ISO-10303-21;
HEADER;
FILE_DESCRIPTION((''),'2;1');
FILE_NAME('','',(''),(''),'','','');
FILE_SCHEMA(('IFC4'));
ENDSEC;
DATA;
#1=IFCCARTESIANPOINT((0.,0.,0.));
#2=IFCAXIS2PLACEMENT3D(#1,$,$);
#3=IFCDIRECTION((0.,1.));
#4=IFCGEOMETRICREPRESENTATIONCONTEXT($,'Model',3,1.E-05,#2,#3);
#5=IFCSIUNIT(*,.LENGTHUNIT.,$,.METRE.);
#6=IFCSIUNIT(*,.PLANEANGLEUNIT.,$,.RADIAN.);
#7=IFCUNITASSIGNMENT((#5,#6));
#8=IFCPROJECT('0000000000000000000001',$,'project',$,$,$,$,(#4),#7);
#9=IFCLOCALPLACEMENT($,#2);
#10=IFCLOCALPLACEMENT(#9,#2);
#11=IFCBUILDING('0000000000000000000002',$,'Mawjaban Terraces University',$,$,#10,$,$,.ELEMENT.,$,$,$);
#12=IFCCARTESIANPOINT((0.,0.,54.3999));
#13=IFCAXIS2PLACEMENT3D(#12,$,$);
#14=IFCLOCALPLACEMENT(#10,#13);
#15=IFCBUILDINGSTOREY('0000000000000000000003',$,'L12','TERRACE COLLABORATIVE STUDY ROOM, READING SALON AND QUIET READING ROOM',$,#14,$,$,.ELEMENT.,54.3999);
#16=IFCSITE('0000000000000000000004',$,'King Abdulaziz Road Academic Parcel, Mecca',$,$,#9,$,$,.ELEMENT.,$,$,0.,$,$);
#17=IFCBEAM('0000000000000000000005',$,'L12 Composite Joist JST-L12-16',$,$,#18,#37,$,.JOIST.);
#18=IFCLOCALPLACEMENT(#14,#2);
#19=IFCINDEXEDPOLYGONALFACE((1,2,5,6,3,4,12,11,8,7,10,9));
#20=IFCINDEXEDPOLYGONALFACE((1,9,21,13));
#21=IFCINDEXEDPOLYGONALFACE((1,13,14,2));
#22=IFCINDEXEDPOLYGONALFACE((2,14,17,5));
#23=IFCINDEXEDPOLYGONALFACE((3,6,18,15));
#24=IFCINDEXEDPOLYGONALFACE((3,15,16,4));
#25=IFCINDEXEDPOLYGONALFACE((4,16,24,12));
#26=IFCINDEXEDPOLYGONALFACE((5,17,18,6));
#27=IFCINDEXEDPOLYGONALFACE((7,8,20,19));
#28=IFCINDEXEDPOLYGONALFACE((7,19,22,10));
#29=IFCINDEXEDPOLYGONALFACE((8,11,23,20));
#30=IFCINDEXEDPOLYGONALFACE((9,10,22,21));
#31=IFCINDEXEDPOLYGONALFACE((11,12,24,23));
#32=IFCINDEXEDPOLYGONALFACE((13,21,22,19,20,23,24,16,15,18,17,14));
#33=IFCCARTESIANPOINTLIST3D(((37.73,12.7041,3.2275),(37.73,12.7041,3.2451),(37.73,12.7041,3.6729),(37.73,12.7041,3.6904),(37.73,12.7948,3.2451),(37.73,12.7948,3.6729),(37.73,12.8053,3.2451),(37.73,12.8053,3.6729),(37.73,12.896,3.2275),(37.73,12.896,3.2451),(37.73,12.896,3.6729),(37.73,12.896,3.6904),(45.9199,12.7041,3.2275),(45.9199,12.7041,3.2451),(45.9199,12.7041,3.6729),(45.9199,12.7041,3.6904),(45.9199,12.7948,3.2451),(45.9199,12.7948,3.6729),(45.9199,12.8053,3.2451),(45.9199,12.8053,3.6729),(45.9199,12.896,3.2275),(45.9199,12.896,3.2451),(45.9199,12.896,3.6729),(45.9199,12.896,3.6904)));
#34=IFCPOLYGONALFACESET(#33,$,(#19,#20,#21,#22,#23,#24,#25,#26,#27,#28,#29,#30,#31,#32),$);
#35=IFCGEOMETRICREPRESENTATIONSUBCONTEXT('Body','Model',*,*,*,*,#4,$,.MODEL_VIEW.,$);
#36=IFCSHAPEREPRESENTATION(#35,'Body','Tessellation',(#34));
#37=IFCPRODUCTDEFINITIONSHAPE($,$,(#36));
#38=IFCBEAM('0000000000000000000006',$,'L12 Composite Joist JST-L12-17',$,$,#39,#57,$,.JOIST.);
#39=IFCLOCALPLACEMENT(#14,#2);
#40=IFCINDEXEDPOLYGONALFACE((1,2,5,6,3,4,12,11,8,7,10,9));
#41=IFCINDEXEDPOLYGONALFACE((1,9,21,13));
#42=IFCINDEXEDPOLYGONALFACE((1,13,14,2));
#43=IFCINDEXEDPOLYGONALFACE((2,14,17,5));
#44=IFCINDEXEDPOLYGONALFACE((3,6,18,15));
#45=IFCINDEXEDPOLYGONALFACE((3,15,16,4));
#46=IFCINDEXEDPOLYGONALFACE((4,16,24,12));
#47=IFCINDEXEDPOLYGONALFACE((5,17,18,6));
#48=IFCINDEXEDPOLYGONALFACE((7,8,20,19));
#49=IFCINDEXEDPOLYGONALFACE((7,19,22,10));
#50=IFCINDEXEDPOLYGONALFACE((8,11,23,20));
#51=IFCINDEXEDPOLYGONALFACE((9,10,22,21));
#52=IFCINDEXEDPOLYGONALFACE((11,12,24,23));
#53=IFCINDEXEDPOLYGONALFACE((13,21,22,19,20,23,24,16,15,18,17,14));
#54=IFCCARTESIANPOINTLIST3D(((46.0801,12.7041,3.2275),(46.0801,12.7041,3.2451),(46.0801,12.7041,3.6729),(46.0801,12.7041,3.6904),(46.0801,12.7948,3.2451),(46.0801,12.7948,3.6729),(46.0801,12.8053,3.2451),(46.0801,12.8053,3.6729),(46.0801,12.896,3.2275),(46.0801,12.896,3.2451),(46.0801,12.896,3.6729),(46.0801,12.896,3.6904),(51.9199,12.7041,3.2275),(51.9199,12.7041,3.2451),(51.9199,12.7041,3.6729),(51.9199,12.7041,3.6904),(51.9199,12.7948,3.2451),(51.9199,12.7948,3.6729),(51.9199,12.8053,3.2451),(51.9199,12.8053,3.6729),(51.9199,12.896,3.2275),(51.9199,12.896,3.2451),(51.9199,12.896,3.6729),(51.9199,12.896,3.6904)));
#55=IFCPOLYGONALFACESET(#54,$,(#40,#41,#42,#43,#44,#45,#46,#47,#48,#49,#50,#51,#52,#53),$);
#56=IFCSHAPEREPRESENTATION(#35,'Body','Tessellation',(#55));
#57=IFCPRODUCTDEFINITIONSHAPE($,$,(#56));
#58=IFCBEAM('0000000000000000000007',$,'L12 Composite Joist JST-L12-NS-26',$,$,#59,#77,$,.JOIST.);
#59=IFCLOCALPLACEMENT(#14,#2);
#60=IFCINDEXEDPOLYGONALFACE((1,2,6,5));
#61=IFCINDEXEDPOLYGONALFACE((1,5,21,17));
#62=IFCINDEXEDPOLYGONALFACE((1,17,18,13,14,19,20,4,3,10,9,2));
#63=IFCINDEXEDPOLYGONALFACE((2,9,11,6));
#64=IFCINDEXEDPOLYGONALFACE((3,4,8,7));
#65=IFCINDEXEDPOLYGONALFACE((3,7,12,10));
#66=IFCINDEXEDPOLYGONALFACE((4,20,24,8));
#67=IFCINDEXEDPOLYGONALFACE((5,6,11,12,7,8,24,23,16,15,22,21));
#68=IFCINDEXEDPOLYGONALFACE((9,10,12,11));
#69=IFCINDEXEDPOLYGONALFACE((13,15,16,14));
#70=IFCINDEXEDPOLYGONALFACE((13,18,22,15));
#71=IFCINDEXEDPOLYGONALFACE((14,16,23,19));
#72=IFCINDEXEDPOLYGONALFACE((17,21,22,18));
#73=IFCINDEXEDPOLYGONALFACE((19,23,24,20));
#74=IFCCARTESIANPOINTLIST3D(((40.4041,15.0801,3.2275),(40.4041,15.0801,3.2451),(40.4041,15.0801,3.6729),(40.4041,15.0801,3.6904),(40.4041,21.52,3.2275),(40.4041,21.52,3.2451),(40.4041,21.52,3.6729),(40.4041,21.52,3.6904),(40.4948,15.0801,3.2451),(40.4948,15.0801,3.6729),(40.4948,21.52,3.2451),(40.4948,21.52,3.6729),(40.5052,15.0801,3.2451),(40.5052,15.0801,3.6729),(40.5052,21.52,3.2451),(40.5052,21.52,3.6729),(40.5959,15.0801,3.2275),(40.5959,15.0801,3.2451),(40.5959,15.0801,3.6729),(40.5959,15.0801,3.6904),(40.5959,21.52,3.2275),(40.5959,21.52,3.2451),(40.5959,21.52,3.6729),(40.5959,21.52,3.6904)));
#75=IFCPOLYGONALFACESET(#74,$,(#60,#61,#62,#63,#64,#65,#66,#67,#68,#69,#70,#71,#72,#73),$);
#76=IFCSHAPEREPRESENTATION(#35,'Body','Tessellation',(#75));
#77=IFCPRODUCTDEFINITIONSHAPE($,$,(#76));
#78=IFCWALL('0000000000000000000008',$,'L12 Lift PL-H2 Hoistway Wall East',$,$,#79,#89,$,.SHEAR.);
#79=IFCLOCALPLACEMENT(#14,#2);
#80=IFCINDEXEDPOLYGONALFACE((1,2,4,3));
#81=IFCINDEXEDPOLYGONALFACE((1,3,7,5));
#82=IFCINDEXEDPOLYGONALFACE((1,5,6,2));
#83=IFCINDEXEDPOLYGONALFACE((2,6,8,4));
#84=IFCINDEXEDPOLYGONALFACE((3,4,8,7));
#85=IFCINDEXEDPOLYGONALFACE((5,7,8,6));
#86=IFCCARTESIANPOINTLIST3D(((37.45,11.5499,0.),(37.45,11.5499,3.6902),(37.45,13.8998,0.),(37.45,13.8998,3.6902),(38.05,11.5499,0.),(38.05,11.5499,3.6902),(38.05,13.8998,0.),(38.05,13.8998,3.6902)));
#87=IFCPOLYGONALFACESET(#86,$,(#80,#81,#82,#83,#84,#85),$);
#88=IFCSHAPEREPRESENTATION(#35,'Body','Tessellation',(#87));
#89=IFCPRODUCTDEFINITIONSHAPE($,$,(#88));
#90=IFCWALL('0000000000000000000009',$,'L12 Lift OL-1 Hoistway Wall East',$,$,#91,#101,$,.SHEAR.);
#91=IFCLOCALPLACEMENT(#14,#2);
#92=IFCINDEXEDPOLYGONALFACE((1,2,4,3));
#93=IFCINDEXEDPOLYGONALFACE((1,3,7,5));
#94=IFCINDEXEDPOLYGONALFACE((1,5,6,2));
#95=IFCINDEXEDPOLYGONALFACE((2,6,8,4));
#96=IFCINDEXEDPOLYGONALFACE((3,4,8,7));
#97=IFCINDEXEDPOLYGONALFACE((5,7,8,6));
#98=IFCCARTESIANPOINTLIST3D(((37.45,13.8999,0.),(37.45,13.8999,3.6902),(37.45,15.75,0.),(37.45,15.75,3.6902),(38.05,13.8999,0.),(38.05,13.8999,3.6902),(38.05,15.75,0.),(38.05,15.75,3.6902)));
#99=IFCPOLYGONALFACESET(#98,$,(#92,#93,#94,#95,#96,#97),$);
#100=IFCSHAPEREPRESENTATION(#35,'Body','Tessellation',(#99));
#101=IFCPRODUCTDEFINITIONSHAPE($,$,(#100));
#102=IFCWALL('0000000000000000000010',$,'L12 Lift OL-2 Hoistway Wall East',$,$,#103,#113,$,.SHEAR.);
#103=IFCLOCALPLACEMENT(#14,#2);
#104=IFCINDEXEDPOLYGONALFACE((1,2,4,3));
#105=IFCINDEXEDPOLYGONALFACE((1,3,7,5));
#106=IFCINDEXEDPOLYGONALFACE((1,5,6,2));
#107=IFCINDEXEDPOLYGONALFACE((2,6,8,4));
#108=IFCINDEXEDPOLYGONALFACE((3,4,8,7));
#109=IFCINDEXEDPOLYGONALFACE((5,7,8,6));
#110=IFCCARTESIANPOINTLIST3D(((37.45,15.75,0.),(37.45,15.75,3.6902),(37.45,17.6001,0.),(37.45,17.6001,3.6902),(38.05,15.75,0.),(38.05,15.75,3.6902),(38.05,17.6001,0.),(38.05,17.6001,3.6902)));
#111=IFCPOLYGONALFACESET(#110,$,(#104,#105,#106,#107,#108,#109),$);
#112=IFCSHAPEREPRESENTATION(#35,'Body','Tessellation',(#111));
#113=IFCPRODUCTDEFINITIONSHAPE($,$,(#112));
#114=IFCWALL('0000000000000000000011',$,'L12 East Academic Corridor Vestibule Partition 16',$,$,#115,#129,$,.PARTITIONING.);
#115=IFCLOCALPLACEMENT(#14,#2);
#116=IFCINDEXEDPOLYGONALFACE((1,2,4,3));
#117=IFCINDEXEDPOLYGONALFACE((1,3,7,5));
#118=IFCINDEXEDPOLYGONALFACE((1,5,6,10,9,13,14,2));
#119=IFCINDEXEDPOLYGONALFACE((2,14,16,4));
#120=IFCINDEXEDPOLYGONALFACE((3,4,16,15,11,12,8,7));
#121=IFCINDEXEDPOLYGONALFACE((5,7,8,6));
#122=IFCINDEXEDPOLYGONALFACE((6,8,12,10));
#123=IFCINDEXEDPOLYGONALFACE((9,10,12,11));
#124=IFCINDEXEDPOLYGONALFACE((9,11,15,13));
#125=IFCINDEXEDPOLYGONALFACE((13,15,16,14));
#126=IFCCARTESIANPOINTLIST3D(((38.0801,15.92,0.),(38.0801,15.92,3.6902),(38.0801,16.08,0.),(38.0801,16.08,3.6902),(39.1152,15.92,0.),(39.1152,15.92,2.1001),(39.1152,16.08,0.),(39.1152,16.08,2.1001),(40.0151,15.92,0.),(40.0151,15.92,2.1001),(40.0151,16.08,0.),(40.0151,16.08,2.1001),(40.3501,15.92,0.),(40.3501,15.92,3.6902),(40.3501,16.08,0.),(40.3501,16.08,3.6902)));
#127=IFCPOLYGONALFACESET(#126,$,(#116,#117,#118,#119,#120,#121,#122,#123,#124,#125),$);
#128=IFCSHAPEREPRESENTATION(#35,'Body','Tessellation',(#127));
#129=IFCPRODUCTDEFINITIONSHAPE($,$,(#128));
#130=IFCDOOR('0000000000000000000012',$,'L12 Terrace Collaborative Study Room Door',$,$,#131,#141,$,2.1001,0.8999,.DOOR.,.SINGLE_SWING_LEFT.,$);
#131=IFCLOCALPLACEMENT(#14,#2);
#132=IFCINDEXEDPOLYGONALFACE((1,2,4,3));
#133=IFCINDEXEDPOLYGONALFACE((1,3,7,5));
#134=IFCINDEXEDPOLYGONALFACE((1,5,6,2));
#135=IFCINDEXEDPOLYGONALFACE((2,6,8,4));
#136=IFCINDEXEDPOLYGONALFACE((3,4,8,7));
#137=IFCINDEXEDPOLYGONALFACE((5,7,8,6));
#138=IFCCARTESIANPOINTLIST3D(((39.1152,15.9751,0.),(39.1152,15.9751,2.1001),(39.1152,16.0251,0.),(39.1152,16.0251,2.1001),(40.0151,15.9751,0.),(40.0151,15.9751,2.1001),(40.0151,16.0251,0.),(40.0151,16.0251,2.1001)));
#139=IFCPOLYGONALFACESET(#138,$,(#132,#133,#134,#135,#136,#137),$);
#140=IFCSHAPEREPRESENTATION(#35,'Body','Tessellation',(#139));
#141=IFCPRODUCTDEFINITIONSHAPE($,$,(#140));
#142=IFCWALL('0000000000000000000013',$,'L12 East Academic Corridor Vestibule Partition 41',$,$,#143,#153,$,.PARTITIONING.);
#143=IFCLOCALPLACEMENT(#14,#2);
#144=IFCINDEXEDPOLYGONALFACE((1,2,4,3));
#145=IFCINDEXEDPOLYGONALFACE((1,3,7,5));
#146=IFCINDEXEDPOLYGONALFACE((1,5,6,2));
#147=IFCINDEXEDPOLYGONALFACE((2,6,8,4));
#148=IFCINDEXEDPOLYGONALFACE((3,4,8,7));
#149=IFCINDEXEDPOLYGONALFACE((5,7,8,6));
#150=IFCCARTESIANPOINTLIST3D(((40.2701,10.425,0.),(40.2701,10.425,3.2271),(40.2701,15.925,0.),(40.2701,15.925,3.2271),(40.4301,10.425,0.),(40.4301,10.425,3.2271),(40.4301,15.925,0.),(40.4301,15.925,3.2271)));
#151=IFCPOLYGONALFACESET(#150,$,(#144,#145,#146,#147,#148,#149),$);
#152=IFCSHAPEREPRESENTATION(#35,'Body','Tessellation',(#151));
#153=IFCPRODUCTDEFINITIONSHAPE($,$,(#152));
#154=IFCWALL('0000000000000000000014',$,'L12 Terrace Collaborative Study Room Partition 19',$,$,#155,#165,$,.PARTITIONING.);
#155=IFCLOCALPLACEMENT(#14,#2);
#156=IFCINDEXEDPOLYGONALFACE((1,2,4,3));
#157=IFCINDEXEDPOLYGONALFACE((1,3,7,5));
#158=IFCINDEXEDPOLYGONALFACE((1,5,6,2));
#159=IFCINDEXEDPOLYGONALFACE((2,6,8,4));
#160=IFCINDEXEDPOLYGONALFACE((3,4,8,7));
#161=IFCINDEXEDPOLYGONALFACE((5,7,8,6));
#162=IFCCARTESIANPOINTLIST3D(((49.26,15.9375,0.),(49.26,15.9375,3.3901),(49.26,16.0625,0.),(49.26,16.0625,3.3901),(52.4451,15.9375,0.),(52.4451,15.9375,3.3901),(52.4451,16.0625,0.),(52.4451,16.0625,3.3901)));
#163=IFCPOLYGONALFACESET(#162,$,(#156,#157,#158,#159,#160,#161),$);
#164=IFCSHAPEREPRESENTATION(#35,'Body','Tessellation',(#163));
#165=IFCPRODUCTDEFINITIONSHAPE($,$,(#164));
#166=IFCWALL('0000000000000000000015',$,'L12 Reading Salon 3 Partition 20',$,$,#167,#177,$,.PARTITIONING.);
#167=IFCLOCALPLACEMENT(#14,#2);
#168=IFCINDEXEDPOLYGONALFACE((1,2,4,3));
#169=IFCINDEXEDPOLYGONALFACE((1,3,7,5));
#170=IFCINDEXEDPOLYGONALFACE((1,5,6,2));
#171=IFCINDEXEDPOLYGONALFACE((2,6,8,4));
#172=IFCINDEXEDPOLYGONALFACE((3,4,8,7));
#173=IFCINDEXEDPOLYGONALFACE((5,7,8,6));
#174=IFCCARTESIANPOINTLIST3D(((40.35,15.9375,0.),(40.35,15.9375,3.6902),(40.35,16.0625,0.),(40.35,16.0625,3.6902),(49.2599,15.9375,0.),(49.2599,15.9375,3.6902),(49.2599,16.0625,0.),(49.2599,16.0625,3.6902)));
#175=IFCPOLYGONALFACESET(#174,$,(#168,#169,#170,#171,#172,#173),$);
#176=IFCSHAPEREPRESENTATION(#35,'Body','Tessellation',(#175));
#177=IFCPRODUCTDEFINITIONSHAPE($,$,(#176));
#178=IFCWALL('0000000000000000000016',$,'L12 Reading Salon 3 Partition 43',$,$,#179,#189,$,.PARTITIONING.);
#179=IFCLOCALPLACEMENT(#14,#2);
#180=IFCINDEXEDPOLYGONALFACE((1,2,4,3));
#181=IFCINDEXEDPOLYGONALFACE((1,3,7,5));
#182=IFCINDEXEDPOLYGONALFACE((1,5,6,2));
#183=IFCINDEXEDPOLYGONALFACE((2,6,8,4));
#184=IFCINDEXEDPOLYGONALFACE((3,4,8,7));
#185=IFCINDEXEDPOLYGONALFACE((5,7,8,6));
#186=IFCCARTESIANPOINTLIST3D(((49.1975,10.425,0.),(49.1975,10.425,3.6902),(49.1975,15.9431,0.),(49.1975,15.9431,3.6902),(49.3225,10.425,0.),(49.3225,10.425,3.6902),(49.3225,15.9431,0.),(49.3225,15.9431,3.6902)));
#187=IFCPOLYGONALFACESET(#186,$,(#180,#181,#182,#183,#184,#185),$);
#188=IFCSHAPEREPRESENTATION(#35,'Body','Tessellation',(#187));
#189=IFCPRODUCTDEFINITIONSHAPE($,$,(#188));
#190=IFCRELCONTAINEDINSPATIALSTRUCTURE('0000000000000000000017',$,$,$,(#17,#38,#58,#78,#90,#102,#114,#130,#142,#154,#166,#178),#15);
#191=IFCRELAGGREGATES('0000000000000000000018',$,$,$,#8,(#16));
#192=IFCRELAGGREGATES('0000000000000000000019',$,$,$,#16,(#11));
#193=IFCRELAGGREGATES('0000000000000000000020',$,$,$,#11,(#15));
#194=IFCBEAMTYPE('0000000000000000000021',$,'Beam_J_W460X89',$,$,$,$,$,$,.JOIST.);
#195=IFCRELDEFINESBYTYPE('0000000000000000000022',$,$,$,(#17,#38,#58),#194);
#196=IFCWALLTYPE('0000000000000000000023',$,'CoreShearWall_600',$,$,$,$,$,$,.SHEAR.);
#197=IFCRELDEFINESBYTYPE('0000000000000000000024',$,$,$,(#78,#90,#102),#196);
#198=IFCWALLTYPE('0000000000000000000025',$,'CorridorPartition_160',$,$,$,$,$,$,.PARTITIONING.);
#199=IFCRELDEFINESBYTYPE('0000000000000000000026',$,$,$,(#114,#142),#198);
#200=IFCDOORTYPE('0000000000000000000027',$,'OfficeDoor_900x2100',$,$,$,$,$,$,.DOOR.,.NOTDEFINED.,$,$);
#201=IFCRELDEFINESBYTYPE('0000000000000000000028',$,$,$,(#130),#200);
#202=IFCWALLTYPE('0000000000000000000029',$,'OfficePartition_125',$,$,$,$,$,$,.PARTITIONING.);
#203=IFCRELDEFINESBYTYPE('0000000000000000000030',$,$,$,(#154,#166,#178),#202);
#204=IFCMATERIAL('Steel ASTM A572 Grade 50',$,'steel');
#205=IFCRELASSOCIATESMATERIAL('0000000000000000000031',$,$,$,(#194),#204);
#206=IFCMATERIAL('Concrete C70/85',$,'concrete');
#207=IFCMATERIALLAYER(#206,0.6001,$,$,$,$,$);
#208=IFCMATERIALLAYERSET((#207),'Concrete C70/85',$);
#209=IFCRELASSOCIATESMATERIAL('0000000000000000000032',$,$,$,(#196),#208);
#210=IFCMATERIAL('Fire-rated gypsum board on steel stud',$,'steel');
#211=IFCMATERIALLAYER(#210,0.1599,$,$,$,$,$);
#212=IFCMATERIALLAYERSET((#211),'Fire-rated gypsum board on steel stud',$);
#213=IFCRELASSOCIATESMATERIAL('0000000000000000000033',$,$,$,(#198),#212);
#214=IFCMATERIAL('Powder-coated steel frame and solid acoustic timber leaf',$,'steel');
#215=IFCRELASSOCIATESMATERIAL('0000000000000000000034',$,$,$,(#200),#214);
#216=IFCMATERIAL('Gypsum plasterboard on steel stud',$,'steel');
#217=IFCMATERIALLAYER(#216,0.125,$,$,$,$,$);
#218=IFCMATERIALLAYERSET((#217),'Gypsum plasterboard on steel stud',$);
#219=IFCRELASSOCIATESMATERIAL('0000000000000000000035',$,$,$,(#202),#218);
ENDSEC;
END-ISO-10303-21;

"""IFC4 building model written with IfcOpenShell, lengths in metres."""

from ifc_helpers import new_model, si_unit, direction, frame, frame_2d, origin, origin_2d, place, context, subcontext, project, spatial, rectangle, i_section, extrude, material, layer, layer_set, material_profile, profile_set, type_object, element, fill, save


model = new_model("IFC4")

# Units and contexts
model_context = context("Model", 3, precision=1e-05, world=origin(), true_north=direction((0.0, 1.0)))
body_context = subcontext(model_context, "Body", "Model", "MODEL_VIEW")
ifc_project = project(units=[si_unit("LENGTHUNIT", "METRE"), si_unit("PLANEANGLEUNIT", "RADIAN")], contexts=[model_context])

# Site, building, storey
site_placement = place(None, origin())
site = spatial("IfcSite", under=ifc_project, at=site_placement, Name="King Abdulaziz Road Academic Parcel, Mecca", CompositionType="ELEMENT", RefElevation=0.0)
building_placement = place(site_placement, origin())
building = spatial("IfcBuilding", under=site, at=building_placement, Name="Mawjaban Terraces University", CompositionType="ELEMENT")
storey_placement = place(building_placement, frame((0.0, 0.0, 54.3999)))
storey = spatial("IfcBuildingStorey", under=building, at=storey_placement, Name="L12", Description="TERRACE COLLABORATIVE STUDY ROOM, READING SALON AND QUIET READING ROOM", CompositionType="ELEMENT", Elevation=54.3999)

# Shared definitions
ifc_material_1 = material(Name="Concrete C70/85", Category="concrete")

# Beams
ifc_material_2 = material(Name="Steel ASTM A572 Grade 50", Category="steel")
ifc_material_profile_1 = material_profile(ifc_material_2, i_section(OverallWidth=0.1919, OverallDepth=0.4629, WebThickness=0.0105, FlangeThickness=0.0176, at=origin_2d()), Name="W460X89")
ifc_profile_set_1 = profile_set([ifc_material_profile_1], Name="Steel ASTM A572 Grade 50")
beam_type_1 = type_object("IfcBeamType", Name="Beam_J_W460X89", PredefinedType="JOIST", material=ifc_profile_set_1)
beam_1_placement = place(storey_placement, frame((37.73, 12.8, 3.459), z_axis=(1.0, 0.0, 0.0), x_axis=(0.0, 1.0, 0.0)))
element("IfcBeam", 1, at=beam_1_placement, inside=storey, type_object=beam_type_1, Name="L12 Composite Joist JST-L12-16", PredefinedType="JOIST", context=body_context, shape_type="SweptSolid", body=[
    extrude(i_section(OverallWidth=0.1919, OverallDepth=0.4629, WebThickness=0.0105, FlangeThickness=0.0176, at=origin_2d()), origin(), (0.0, 0.0, 1.0), 8.1899),
])
beam_2_placement = place(storey_placement, frame((46.0801, 12.8, 3.459), z_axis=(1.0, 0.0, 0.0), x_axis=(0.0, 1.0, 0.0)))
element("IfcBeam", 2, at=beam_2_placement, inside=storey, type_object=beam_type_1, Name="L12 Composite Joist JST-L12-17", PredefinedType="JOIST", context=body_context, shape_type="SweptSolid", body=[
    extrude(i_section(OverallWidth=0.1919, OverallDepth=0.4629, WebThickness=0.0105, FlangeThickness=0.0176, at=origin_2d()), origin(), (0.0, 0.0, 1.0), 5.8398),
])
beam_3_placement = place(storey_placement, frame((40.5, 15.0801, 3.459), z_axis=(0.0, 1.0, 0.0), x_axis=(-1.0, 0.0, 0.0)))
element("IfcBeam", 3, at=beam_3_placement, inside=storey, type_object=beam_type_1, Name="L12 Composite Joist JST-L12-NS-26", PredefinedType="JOIST", context=body_context, shape_type="SweptSolid", body=[
    extrude(i_section(OverallWidth=0.1919, OverallDepth=0.4629, WebThickness=0.0105, FlangeThickness=0.0176, at=origin_2d()), origin(), (0.0, 0.0, 1.0), 6.4399),
])

# Walls
ifc_layer_1 = layer(ifc_material_1, 0.6001)
ifc_layer_set_1 = layer_set([ifc_layer_1], Name="Concrete C70/85")
wall_type_1 = type_object("IfcWallType", Name="CoreShearWall_600", PredefinedType="SHEAR", material=ifc_layer_set_1)
wall_1_placement = place(storey_placement, frame((37.75, 11.55, 0.0), z_axis=(0.0, 0.0, 1.0), x_axis=(0.0, 1.0, 0.0)))
element("IfcWall", 4, at=wall_1_placement, inside=storey, type_object=wall_type_1, Name="L12 Lift PL-H2 Hoistway Wall East", PredefinedType="SHEAR", context=body_context, shape_type="SweptSolid", body=[
    extrude(rectangle(XDim=2.3499, YDim=0.6001, at=frame_2d((1.1748, 0.0))), origin(), (0.0, 0.0, 1.0), 3.6902),
])
for number, where, z_axis, x_axis, name in (
    (5, (37.75, 13.8999, 0.0), (0.0, 0.0, 1.0), (0.0, 1.0, 0.0), "L12 Lift OL-1 Hoistway Wall East"),
    (6, (37.75, 15.75, 0.0), (0.0, 0.0, 1.0), (0.0, 1.0, 0.0), "L12 Lift OL-2 Hoistway Wall East"),
):
    element("IfcWall", number, at=place(storey_placement, frame(where, z_axis=z_axis, x_axis=x_axis)), inside=storey, type_object=wall_type_1, Name=name, PredefinedType="SHEAR", context=body_context, shape_type="SweptSolid", body=[
        extrude(rectangle(XDim=1.8501, YDim=0.6001, at=frame_2d((0.925, 0.0))), origin(), (0.0, 0.0, 1.0), 3.6902),
    ])

# Wall, opening, door
ifc_material_3 = material(Name="Fire-rated gypsum board on steel stud", Category="steel")
ifc_layer_2 = layer(ifc_material_3, 0.1599)
ifc_layer_set_2 = layer_set([ifc_layer_2], Name="Fire-rated gypsum board on steel stud")
wall_type_2 = type_object("IfcWallType", Name="CorridorPartition_160", PredefinedType="PARTITIONING", material=ifc_layer_set_2)
wall_2_placement = place(storey_placement, frame((40.3501, 16.0, 0.0), z_axis=(0.0, 0.0, 1.0), x_axis=(-1.0, 0.0, 0.0)))
wall_2 = element("IfcWall", 7, at=wall_2_placement, inside=storey, type_object=wall_type_2, Name="L12 East Academic Corridor Vestibule Partition 16", PredefinedType="PARTITIONING", context=body_context, shape_type="SweptSolid", body=[
    extrude(rectangle(XDim=2.27, YDim=0.1599, at=frame_2d((1.135, 0.0))), origin(), (0.0, 0.0, 1.0), 3.6902),
])
opening_placement = place(wall_2_placement, frame((0.335, 0.0, 0.0)))
opening = element("IfcOpeningElement", 8, at=opening_placement, cuts=wall_2, PredefinedType="OPENING", context=body_context, shape_type="SweptSolid", body=[
    extrude(rectangle(XDim=0.8999, YDim=2.1001, at=frame_2d((0.45, 1.05))), frame((0.0, 0.0898, 0.0), z_axis=(0.0, -1.0, 0.0), x_axis=(1.0, 0.0, 0.0)), (0.0, 0.0, 1.0), 0.1799),
])
ifc_material_4 = material(Name="Powder-coated steel frame and solid acoustic timber leaf", Category="steel")
door_type = type_object("IfcDoorType", Name="OfficeDoor_900x2100", OperationType="NOTDEFINED", PredefinedType="DOOR", material=ifc_material_4)
door_placement = place(opening_placement, origin())
door = element("IfcDoor", 9, at=door_placement, inside=storey, type_object=door_type, Name="L12 Terrace Collaborative Study Room Door", OperationType="SINGLE_SWING_LEFT", OverallHeight=2.1001, OverallWidth=0.8999, PredefinedType="DOOR", context=body_context, shape_type="SweptSolid", body=[
    extrude(rectangle(XDim=0.8999, YDim=2.1001, at=frame_2d((0.45, 1.05))), frame((0.0, 0.0249, 0.0), z_axis=(0.0, -1.0, 0.0), x_axis=(1.0, 0.0, 0.0)), (0.0, 0.0, 1.0), 0.05),
])
fill(opening, door)

# Walls
wall_3_placement = place(storey_placement, frame((40.3501, 10.425, 0.0), z_axis=(0.0, 0.0, 1.0), x_axis=(0.0, 1.0, 0.0)))
element("IfcWall", 10, at=wall_3_placement, inside=storey, type_object=wall_type_2, Name="L12 East Academic Corridor Vestibule Partition 41", PredefinedType="PARTITIONING", context=body_context, shape_type="SweptSolid", body=[
    extrude(rectangle(XDim=5.5, YDim=0.1599, at=frame_2d((2.75, 0.0))), origin(), (0.0, 0.0, 1.0), 3.2271),
])
ifc_material_5 = material(Name="Gypsum plasterboard on steel stud", Category="steel")
ifc_layer_3 = layer(ifc_material_5, 0.125)
ifc_layer_set_3 = layer_set([ifc_layer_3], Name="Gypsum plasterboard on steel stud")
wall_type_3 = type_object("IfcWallType", Name="OfficePartition_125", PredefinedType="PARTITIONING", material=ifc_layer_set_3)
wall_4_placement = place(storey_placement, frame((49.26, 16.0, 0.0), z_axis=(0.0, 0.0, 1.0), x_axis=(1.0, 0.0, 0.0)))
element("IfcWall", 11, at=wall_4_placement, inside=storey, type_object=wall_type_3, Name="L12 Terrace Collaborative Study Room Partition 19", PredefinedType="PARTITIONING", context=body_context, shape_type="SweptSolid", body=[
    extrude(rectangle(XDim=3.1851, YDim=0.125, at=frame_2d((1.5925, 0.0))), origin(), (0.0, 0.0, 1.0), 3.3901),
])
wall_5_placement = place(storey_placement, frame((49.26, 16.0, 0.0), z_axis=(0.0, 0.0, 1.0), x_axis=(-1.0, 0.0, 0.0)))
element("IfcWall", 12, at=wall_5_placement, inside=storey, type_object=wall_type_3, Name="L12 Reading Salon 3 Partition 20", PredefinedType="PARTITIONING", context=body_context, shape_type="SweptSolid", body=[
    extrude(rectangle(XDim=8.9099, YDim=0.125, at=frame_2d((4.4551, 0.0))), origin(), (0.0, 0.0, 1.0), 3.6902),
])
wall_6_placement = place(storey_placement, frame((49.26, 10.425, 0.0), z_axis=(0.0, 0.0, 1.0), x_axis=(0.0, 1.0, 0.0)))
element("IfcWall", 13, at=wall_6_placement, inside=storey, type_object=wall_type_3, Name="L12 Reading Salon 3 Partition 43", PredefinedType="PARTITIONING", context=body_context, shape_type="SweptSolid", body=[
    extrude(rectangle(XDim=5.5181, YDim=0.125, at=frame_2d((2.759, 0.0))), origin(), (0.0, 0.0, 1.0), 3.6902),
])

save(model, "model.ifc")
